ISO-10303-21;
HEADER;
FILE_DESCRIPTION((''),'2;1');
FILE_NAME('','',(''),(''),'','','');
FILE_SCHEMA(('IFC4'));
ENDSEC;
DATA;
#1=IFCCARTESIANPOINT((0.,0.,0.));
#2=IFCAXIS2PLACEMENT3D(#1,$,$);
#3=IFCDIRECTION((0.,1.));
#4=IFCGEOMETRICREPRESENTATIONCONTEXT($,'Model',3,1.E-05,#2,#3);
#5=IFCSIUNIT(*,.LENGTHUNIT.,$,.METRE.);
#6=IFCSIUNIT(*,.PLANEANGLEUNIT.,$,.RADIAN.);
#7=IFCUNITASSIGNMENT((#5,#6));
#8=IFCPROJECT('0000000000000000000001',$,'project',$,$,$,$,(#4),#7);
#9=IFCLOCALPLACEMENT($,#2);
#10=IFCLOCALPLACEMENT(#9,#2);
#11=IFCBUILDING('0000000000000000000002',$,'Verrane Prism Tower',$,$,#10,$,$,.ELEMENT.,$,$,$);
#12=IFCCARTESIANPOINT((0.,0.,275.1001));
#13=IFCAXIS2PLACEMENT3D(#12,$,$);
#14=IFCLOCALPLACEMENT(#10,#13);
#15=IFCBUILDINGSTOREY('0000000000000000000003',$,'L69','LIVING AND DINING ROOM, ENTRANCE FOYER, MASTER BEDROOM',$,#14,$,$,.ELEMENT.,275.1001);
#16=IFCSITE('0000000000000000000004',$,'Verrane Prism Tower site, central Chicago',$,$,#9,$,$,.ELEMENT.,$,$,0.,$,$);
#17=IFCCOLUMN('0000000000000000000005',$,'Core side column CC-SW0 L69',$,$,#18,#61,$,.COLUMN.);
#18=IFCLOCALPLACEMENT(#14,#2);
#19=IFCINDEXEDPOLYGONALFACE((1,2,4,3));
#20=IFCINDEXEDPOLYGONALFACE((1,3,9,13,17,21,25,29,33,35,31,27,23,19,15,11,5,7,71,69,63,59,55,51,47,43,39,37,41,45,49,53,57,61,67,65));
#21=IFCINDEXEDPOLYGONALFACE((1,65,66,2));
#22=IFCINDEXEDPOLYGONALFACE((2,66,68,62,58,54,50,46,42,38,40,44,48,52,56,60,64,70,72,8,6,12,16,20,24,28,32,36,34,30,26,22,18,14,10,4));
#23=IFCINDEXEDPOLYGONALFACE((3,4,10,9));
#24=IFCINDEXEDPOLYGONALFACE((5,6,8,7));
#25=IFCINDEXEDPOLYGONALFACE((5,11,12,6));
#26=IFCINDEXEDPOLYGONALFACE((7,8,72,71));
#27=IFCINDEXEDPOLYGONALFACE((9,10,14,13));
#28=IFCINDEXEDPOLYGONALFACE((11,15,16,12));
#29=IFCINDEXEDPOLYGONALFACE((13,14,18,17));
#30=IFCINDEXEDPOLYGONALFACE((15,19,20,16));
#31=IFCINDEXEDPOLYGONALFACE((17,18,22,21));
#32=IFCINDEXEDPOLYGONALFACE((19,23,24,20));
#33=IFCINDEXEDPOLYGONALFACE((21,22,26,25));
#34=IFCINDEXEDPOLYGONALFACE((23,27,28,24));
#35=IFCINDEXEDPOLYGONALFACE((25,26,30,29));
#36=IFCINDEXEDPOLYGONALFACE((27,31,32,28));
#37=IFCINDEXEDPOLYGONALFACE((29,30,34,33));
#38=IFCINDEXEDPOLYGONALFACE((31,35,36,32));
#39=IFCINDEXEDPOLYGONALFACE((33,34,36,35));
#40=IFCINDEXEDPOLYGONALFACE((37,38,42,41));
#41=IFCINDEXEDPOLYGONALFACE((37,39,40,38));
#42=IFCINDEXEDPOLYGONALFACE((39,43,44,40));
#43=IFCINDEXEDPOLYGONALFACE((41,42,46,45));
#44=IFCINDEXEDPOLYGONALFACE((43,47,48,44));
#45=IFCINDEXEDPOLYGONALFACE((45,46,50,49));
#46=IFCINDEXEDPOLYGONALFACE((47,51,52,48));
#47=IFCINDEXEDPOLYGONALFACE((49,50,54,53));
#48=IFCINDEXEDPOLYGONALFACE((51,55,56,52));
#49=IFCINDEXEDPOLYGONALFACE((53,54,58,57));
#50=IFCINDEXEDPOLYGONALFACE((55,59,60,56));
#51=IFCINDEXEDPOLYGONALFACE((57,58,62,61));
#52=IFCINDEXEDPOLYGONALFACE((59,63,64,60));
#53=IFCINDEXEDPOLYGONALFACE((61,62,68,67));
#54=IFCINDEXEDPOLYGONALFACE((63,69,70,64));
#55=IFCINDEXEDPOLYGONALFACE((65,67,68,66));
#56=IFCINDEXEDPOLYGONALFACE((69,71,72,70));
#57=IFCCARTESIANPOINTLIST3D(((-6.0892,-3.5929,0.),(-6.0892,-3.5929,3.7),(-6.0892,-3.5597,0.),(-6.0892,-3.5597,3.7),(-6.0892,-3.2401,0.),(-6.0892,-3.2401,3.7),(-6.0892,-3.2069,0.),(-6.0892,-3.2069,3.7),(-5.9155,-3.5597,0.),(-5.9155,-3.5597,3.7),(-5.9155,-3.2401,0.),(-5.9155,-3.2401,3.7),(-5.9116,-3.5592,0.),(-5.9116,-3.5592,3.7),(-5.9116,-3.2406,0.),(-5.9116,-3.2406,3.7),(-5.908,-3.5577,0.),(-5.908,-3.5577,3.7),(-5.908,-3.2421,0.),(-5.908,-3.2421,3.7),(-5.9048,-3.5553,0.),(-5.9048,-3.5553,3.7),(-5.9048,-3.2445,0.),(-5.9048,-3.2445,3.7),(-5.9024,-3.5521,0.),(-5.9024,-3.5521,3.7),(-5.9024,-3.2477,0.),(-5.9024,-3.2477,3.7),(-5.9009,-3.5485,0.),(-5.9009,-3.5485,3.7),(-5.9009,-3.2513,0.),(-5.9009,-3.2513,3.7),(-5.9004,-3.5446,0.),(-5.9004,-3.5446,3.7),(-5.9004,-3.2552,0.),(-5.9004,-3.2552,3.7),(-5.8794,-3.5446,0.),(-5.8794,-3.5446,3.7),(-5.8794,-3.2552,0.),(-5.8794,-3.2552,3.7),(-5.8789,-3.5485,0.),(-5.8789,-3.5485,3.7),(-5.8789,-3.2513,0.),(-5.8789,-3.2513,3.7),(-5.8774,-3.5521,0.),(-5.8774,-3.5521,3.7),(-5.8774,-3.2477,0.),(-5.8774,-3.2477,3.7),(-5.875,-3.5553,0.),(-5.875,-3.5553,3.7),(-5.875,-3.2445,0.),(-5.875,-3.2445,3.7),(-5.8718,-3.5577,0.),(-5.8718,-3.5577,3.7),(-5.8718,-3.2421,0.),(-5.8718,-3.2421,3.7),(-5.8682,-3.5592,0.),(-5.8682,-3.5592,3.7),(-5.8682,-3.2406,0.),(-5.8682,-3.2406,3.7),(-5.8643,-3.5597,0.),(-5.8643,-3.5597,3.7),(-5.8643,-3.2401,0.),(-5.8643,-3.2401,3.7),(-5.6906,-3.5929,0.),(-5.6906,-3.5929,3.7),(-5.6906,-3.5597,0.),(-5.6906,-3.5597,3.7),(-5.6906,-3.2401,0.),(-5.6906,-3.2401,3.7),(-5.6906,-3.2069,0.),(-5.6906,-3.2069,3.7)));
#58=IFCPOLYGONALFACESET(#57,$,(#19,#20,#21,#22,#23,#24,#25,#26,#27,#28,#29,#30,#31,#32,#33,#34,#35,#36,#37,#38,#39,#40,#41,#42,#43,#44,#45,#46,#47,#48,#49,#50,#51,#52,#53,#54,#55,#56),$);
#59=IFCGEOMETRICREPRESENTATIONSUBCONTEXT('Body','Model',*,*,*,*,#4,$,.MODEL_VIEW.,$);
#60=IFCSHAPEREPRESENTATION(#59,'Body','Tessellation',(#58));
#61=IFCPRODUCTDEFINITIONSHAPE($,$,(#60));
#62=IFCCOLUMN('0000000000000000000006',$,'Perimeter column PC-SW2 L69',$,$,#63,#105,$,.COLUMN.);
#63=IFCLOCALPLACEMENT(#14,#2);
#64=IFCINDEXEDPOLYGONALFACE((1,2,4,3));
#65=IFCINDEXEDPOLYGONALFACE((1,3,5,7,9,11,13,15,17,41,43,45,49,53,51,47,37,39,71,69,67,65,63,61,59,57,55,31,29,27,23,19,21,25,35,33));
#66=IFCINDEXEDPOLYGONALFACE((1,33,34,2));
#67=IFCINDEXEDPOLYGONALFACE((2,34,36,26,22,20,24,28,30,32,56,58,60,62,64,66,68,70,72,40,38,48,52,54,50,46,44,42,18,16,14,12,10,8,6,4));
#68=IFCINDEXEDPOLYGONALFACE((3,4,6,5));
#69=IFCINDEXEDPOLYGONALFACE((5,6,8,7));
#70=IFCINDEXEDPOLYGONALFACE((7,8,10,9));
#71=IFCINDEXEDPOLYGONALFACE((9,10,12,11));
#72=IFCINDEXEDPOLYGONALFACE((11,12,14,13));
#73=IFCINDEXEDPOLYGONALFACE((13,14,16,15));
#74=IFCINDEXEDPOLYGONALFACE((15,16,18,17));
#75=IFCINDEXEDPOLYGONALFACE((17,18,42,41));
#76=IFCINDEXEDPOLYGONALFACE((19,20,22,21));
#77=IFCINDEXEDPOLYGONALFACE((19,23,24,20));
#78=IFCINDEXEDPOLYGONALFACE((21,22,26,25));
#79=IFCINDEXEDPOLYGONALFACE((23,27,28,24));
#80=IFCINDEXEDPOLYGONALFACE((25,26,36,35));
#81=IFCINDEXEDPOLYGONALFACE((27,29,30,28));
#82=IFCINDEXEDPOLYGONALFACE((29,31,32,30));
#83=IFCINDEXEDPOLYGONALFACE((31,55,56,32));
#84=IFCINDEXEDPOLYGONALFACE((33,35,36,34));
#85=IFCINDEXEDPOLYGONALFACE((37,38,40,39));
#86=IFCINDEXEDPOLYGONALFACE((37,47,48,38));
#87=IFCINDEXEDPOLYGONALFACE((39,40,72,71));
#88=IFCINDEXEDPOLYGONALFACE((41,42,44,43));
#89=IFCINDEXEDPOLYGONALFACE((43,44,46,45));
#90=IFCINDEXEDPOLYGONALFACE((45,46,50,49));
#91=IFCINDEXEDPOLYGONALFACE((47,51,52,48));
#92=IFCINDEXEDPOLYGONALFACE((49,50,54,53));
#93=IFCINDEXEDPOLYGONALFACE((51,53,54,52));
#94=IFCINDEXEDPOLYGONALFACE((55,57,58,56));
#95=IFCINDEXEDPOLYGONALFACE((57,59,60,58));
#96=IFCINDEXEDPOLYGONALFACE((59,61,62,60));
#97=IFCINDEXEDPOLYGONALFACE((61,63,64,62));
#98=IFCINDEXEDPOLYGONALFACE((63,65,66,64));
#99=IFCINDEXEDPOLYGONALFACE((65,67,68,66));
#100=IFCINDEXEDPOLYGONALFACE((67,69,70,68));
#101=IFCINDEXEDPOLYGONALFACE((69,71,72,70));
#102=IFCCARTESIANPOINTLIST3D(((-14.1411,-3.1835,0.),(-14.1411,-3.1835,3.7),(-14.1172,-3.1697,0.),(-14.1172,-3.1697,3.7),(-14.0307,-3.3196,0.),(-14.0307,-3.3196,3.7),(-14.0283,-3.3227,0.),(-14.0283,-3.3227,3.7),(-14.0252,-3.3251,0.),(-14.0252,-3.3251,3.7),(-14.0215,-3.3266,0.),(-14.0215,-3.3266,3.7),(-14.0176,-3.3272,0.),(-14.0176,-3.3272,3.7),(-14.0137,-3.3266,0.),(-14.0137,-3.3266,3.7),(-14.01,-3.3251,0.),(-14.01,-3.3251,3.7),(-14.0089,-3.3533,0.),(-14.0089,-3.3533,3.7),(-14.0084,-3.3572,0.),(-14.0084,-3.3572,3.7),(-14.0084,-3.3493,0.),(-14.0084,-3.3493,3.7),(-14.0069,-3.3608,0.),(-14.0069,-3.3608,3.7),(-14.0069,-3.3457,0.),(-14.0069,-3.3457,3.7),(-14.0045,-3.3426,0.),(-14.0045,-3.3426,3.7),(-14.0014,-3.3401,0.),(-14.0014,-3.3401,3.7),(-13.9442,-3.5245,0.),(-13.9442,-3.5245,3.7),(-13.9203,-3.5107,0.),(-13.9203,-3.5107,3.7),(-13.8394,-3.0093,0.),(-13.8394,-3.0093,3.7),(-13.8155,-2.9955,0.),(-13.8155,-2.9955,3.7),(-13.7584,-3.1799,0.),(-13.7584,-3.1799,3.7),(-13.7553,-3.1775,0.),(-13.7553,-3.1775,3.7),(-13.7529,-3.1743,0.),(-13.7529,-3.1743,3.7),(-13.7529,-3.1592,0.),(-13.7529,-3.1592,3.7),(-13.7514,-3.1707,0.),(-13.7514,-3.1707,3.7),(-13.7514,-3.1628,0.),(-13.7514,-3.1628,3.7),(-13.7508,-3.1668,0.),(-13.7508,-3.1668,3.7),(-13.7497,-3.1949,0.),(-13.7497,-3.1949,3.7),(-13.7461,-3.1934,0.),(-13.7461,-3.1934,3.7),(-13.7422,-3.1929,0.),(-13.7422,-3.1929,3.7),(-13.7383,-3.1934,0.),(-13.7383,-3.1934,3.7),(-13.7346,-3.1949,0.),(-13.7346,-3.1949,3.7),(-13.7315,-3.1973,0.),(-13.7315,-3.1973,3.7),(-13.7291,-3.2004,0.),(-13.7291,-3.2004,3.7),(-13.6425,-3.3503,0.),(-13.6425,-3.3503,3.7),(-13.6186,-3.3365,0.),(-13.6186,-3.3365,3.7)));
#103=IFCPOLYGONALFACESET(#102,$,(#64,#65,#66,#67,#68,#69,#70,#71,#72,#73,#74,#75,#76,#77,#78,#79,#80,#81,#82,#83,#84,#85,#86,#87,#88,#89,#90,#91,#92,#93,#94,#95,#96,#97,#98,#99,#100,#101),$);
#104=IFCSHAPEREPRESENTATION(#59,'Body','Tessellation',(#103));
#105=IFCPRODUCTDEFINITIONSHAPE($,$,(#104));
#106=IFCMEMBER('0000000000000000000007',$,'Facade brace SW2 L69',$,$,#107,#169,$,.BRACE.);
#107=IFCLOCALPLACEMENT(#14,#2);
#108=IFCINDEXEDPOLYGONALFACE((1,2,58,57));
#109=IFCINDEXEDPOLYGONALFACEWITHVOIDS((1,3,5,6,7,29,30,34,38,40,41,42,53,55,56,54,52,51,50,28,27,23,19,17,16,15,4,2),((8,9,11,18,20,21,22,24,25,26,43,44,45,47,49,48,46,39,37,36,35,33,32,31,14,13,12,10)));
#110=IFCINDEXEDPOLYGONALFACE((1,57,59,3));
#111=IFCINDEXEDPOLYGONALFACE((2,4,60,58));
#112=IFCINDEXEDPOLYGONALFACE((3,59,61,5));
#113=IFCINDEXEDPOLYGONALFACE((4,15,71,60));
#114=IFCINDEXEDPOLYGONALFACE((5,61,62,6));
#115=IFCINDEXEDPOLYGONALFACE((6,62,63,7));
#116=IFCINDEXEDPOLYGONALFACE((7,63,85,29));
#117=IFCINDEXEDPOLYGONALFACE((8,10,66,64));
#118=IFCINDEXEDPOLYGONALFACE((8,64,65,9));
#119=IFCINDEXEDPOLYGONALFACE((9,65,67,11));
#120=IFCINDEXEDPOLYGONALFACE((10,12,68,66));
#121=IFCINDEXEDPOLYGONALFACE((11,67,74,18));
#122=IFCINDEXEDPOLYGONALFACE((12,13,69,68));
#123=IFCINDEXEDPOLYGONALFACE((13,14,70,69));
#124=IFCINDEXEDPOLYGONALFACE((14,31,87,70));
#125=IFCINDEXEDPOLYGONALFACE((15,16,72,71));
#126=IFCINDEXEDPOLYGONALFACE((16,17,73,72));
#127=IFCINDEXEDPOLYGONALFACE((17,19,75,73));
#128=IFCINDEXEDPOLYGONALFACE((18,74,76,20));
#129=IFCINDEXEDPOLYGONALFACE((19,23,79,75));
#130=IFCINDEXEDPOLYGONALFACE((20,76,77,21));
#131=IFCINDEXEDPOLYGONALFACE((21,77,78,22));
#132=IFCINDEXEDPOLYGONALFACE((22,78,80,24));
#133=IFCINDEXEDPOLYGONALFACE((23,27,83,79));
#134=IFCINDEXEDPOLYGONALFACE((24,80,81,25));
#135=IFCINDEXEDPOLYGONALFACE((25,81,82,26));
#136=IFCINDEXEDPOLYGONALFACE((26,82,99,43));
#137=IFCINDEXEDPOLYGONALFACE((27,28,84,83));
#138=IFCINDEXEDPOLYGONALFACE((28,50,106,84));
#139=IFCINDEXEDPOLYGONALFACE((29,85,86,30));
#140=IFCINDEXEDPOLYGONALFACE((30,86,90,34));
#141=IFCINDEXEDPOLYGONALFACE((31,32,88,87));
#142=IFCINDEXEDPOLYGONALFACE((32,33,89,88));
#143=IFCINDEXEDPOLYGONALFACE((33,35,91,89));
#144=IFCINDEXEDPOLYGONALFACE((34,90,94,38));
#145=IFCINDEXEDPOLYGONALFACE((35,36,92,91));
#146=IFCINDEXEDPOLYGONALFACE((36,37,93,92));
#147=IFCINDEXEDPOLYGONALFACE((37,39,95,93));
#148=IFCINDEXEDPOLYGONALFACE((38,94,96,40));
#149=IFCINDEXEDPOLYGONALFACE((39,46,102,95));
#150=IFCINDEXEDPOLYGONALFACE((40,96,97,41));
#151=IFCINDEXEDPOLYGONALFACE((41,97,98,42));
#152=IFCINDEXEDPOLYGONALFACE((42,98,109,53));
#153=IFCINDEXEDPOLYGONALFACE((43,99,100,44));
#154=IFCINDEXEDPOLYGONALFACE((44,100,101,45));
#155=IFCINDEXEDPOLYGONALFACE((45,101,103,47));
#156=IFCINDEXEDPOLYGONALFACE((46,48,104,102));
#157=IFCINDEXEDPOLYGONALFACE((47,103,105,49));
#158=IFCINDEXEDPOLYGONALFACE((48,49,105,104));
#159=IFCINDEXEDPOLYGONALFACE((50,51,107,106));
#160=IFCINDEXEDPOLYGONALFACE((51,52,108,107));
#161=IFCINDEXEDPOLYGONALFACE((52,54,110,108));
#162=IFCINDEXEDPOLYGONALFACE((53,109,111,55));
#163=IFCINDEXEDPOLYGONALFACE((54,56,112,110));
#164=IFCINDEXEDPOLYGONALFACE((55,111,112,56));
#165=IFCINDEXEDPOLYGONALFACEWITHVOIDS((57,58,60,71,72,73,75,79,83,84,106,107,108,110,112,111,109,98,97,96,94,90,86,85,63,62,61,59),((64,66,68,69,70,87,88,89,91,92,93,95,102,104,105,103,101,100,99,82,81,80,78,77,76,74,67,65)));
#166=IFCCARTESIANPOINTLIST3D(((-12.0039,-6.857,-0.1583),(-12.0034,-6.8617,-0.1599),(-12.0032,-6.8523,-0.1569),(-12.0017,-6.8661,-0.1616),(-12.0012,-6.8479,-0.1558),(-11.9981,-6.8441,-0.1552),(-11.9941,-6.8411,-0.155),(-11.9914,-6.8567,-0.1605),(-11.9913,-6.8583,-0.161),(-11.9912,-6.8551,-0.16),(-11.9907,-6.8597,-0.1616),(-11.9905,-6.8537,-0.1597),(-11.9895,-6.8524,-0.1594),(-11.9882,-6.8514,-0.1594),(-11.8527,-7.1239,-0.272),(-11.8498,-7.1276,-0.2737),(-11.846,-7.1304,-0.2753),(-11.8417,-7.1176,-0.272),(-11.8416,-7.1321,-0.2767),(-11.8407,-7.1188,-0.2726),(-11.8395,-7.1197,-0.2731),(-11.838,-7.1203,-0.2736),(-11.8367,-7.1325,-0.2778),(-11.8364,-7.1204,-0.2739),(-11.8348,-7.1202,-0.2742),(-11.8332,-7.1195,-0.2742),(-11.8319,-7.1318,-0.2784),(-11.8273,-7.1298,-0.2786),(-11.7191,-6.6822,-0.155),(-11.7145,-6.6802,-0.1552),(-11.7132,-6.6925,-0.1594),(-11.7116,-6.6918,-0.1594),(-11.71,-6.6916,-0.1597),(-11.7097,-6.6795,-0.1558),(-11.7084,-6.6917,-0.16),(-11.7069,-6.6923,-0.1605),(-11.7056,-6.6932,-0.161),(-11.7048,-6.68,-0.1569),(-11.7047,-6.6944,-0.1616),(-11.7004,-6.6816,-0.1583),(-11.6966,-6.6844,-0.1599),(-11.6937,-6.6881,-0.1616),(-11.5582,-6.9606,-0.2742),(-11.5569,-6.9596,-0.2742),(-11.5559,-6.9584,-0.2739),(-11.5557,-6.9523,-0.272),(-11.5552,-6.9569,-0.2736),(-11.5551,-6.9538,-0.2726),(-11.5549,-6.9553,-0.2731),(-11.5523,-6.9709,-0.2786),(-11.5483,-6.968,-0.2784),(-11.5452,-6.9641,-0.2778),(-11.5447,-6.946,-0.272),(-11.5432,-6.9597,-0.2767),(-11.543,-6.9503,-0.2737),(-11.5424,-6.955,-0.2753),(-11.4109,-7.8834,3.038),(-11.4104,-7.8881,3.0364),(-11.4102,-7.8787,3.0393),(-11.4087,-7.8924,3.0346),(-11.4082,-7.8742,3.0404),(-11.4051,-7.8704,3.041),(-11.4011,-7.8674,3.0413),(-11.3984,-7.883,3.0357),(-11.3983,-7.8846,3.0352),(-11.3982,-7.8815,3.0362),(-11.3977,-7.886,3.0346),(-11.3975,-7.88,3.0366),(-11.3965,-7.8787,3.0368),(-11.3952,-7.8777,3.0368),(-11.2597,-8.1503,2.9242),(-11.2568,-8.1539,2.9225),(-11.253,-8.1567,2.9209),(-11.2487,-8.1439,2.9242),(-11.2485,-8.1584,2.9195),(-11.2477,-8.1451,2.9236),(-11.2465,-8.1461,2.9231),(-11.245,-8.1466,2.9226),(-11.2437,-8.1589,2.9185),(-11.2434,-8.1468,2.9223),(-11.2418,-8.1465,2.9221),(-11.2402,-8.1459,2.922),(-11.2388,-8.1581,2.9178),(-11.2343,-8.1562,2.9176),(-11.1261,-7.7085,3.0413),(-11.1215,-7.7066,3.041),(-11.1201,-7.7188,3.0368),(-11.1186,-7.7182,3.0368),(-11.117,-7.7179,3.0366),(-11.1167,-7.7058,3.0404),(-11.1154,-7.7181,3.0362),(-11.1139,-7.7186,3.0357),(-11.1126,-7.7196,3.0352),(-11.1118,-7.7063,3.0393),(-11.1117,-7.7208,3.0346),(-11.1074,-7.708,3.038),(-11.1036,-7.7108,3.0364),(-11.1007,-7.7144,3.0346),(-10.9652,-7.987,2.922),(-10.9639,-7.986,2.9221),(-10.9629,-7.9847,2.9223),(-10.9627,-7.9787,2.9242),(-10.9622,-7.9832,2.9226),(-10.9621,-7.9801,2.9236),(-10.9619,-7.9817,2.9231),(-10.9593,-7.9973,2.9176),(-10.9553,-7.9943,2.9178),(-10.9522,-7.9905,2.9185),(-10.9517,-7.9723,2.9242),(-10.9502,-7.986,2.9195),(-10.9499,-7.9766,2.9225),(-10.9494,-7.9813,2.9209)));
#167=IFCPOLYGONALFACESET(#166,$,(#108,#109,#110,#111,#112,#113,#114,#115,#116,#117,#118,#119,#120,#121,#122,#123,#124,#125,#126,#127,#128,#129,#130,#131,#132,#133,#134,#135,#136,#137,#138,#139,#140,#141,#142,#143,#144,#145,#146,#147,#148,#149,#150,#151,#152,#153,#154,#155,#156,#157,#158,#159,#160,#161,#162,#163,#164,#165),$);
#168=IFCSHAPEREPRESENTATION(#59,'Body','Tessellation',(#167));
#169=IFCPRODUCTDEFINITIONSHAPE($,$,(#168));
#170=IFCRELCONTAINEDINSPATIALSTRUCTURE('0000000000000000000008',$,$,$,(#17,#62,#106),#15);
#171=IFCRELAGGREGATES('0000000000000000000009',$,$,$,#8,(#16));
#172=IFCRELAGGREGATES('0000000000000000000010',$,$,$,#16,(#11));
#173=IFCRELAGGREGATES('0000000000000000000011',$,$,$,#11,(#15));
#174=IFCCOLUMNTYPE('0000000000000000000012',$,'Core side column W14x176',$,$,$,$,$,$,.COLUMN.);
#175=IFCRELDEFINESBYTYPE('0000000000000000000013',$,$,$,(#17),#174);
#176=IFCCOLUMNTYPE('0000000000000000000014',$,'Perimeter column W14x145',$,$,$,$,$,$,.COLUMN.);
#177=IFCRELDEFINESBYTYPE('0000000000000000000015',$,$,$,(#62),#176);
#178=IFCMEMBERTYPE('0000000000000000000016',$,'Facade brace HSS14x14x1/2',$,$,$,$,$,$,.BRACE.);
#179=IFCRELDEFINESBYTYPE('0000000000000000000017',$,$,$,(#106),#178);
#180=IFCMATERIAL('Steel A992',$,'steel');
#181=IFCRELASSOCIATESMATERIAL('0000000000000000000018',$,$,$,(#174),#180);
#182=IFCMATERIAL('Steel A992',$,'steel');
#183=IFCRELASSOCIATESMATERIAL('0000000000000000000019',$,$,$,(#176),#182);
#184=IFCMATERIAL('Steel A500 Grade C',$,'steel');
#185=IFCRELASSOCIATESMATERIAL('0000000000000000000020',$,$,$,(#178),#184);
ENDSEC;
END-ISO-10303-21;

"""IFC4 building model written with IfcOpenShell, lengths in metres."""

from ifc_helpers import new_model, si_unit, direction, frame, origin, origin_2d, place, context, subcontext, project, spatial, hollow_rectangle, i_section, extrude, material, material_profile, profile_set, type_object, element, save


model = new_model("IFC4")

# Units and contexts
model_context = context("Model", 3, precision=1e-05, world=origin(), true_north=direction((0.0, 1.0)))
body_context = subcontext(model_context, "Body", "Model", "MODEL_VIEW")
ifc_project = project(units=[si_unit("LENGTHUNIT", "METRE"), si_unit("PLANEANGLEUNIT", "RADIAN")], contexts=[model_context])

# Site, building, storey
site_placement = place(None, origin())
site = spatial("IfcSite", under=ifc_project, at=site_placement, Name="Verrane Prism Tower site, central Chicago", CompositionType="ELEMENT", RefElevation=0.0)
building_placement = place(site_placement, origin())
building = spatial("IfcBuilding", under=site, at=building_placement, Name="Verrane Prism Tower", CompositionType="ELEMENT")
storey_placement = place(building_placement, frame((0.0, 0.0, 275.1001)))
storey = spatial("IfcBuildingStorey", under=building, at=storey_placement, Name="L69", Description="LIVING AND DINING ROOM, ENTRANCE FOYER, MASTER BEDROOM", CompositionType="ELEMENT", Elevation=275.1001)

# Columns
ifc_material_1 = material(Name="Steel A992", Category="steel")
ifc_material_profile_1 = material_profile(ifc_material_1, i_section(OverallWidth=0.3987, OverallDepth=0.386, WebThickness=0.021, FlangeThickness=0.0332, FilletRadius=0.0151, at=origin_2d()), Name="W14x176")
ifc_profile_set_1 = profile_set([ifc_material_profile_1], Name="Steel A992")
column_type_1 = type_object("IfcColumnType", Name="Core side column W14x176", PredefinedType="COLUMN", material=ifc_profile_set_1)
column_1_placement = place(storey_placement, frame((-5.8899, -3.3999, 0.0), z_axis=(0.0, 0.0, 1.0), x_axis=(1.0, 0.0, 0.0)))
element("IfcColumn", 1, at=column_1_placement, inside=storey, type_object=column_type_1, Name="Core side column CC-SW0 L69", PredefinedType="COLUMN", context=body_context, shape_type="SweptSolid", body=[
    extrude(i_section(OverallWidth=0.3987, OverallDepth=0.386, WebThickness=0.021, FlangeThickness=0.0332, FilletRadius=0.0151, at=origin_2d()), origin(), (0.0, 0.0, 1.0), 3.7),
])
ifc_material_2 = material(Name="Steel A992", Category="steel")
ifc_material_profile_2 = material_profile(ifc_material_2, i_section(OverallWidth=0.3938, OverallDepth=0.376, WebThickness=0.0173, FlangeThickness=0.0276, FilletRadius=0.0151, at=origin_2d()), Name="W14x145")
ifc_profile_set_2 = profile_set([ifc_material_profile_2], Name="Steel A992")
column_type_2 = type_object("IfcColumnType", Name="Perimeter column W14x145", PredefinedType="COLUMN", material=ifc_profile_set_2)
column_2_placement = place(storey_placement, frame((-13.8799, -3.26, 0.0), z_axis=(0.0, 0.0, 1.0), x_axis=(-0.5, 0.866025, 0.0)))
element("IfcColumn", 2, at=column_2_placement, inside=storey, type_object=column_type_2, Name="Perimeter column PC-SW2 L69", PredefinedType="COLUMN", context=body_context, shape_type="SweptSolid", body=[
    extrude(i_section(OverallWidth=0.3938, OverallDepth=0.376, WebThickness=0.0173, FlangeThickness=0.0276, FilletRadius=0.0151, at=origin_2d()), origin(), (0.0, 0.0, 1.0), 3.7),
])

# Member
ifc_material_3 = material(Name="Steel A500 Grade C", Category="steel")
ifc_material_profile_3 = material_profile(ifc_material_3, hollow_rectangle(XDim=0.3557, YDim=0.3557, WallThickness=0.0127, InnerFilletRadius=0.0063, OuterFilletRadius=0.019, at=origin_2d()), Name="HSS14x14x1/2")
ifc_profile_set_3 = profile_set([ifc_material_profile_3], Name="Steel A500 Grade C")
member_type_1 = type_object("IfcMemberType", Name="Facade brace HSS14x14x1/2", PredefinedType="BRACE", material=ifc_profile_set_3)
member_1_placement = place(storey_placement, frame((-11.7732, -6.906, -0.2168), z_axis=(0.173956, -0.301075, 0.9376), x_axis=(0.865863, 0.500281, 0.0)))
element("IfcMember", 3, at=member_1_placement, inside=storey, type_object=member_type_1, Name="Facade brace SW2 L69", PredefinedType="BRACE", context=body_context, shape_type="SweptSolid", body=[
    extrude(hollow_rectangle(XDim=0.3557, YDim=0.3557, WallThickness=0.0127, InnerFilletRadius=0.0063, OuterFilletRadius=0.019, at=origin_2d()), origin(), (0.0, 0.0, 1.0), 3.4089),
])

save(model, "model.ifc")
